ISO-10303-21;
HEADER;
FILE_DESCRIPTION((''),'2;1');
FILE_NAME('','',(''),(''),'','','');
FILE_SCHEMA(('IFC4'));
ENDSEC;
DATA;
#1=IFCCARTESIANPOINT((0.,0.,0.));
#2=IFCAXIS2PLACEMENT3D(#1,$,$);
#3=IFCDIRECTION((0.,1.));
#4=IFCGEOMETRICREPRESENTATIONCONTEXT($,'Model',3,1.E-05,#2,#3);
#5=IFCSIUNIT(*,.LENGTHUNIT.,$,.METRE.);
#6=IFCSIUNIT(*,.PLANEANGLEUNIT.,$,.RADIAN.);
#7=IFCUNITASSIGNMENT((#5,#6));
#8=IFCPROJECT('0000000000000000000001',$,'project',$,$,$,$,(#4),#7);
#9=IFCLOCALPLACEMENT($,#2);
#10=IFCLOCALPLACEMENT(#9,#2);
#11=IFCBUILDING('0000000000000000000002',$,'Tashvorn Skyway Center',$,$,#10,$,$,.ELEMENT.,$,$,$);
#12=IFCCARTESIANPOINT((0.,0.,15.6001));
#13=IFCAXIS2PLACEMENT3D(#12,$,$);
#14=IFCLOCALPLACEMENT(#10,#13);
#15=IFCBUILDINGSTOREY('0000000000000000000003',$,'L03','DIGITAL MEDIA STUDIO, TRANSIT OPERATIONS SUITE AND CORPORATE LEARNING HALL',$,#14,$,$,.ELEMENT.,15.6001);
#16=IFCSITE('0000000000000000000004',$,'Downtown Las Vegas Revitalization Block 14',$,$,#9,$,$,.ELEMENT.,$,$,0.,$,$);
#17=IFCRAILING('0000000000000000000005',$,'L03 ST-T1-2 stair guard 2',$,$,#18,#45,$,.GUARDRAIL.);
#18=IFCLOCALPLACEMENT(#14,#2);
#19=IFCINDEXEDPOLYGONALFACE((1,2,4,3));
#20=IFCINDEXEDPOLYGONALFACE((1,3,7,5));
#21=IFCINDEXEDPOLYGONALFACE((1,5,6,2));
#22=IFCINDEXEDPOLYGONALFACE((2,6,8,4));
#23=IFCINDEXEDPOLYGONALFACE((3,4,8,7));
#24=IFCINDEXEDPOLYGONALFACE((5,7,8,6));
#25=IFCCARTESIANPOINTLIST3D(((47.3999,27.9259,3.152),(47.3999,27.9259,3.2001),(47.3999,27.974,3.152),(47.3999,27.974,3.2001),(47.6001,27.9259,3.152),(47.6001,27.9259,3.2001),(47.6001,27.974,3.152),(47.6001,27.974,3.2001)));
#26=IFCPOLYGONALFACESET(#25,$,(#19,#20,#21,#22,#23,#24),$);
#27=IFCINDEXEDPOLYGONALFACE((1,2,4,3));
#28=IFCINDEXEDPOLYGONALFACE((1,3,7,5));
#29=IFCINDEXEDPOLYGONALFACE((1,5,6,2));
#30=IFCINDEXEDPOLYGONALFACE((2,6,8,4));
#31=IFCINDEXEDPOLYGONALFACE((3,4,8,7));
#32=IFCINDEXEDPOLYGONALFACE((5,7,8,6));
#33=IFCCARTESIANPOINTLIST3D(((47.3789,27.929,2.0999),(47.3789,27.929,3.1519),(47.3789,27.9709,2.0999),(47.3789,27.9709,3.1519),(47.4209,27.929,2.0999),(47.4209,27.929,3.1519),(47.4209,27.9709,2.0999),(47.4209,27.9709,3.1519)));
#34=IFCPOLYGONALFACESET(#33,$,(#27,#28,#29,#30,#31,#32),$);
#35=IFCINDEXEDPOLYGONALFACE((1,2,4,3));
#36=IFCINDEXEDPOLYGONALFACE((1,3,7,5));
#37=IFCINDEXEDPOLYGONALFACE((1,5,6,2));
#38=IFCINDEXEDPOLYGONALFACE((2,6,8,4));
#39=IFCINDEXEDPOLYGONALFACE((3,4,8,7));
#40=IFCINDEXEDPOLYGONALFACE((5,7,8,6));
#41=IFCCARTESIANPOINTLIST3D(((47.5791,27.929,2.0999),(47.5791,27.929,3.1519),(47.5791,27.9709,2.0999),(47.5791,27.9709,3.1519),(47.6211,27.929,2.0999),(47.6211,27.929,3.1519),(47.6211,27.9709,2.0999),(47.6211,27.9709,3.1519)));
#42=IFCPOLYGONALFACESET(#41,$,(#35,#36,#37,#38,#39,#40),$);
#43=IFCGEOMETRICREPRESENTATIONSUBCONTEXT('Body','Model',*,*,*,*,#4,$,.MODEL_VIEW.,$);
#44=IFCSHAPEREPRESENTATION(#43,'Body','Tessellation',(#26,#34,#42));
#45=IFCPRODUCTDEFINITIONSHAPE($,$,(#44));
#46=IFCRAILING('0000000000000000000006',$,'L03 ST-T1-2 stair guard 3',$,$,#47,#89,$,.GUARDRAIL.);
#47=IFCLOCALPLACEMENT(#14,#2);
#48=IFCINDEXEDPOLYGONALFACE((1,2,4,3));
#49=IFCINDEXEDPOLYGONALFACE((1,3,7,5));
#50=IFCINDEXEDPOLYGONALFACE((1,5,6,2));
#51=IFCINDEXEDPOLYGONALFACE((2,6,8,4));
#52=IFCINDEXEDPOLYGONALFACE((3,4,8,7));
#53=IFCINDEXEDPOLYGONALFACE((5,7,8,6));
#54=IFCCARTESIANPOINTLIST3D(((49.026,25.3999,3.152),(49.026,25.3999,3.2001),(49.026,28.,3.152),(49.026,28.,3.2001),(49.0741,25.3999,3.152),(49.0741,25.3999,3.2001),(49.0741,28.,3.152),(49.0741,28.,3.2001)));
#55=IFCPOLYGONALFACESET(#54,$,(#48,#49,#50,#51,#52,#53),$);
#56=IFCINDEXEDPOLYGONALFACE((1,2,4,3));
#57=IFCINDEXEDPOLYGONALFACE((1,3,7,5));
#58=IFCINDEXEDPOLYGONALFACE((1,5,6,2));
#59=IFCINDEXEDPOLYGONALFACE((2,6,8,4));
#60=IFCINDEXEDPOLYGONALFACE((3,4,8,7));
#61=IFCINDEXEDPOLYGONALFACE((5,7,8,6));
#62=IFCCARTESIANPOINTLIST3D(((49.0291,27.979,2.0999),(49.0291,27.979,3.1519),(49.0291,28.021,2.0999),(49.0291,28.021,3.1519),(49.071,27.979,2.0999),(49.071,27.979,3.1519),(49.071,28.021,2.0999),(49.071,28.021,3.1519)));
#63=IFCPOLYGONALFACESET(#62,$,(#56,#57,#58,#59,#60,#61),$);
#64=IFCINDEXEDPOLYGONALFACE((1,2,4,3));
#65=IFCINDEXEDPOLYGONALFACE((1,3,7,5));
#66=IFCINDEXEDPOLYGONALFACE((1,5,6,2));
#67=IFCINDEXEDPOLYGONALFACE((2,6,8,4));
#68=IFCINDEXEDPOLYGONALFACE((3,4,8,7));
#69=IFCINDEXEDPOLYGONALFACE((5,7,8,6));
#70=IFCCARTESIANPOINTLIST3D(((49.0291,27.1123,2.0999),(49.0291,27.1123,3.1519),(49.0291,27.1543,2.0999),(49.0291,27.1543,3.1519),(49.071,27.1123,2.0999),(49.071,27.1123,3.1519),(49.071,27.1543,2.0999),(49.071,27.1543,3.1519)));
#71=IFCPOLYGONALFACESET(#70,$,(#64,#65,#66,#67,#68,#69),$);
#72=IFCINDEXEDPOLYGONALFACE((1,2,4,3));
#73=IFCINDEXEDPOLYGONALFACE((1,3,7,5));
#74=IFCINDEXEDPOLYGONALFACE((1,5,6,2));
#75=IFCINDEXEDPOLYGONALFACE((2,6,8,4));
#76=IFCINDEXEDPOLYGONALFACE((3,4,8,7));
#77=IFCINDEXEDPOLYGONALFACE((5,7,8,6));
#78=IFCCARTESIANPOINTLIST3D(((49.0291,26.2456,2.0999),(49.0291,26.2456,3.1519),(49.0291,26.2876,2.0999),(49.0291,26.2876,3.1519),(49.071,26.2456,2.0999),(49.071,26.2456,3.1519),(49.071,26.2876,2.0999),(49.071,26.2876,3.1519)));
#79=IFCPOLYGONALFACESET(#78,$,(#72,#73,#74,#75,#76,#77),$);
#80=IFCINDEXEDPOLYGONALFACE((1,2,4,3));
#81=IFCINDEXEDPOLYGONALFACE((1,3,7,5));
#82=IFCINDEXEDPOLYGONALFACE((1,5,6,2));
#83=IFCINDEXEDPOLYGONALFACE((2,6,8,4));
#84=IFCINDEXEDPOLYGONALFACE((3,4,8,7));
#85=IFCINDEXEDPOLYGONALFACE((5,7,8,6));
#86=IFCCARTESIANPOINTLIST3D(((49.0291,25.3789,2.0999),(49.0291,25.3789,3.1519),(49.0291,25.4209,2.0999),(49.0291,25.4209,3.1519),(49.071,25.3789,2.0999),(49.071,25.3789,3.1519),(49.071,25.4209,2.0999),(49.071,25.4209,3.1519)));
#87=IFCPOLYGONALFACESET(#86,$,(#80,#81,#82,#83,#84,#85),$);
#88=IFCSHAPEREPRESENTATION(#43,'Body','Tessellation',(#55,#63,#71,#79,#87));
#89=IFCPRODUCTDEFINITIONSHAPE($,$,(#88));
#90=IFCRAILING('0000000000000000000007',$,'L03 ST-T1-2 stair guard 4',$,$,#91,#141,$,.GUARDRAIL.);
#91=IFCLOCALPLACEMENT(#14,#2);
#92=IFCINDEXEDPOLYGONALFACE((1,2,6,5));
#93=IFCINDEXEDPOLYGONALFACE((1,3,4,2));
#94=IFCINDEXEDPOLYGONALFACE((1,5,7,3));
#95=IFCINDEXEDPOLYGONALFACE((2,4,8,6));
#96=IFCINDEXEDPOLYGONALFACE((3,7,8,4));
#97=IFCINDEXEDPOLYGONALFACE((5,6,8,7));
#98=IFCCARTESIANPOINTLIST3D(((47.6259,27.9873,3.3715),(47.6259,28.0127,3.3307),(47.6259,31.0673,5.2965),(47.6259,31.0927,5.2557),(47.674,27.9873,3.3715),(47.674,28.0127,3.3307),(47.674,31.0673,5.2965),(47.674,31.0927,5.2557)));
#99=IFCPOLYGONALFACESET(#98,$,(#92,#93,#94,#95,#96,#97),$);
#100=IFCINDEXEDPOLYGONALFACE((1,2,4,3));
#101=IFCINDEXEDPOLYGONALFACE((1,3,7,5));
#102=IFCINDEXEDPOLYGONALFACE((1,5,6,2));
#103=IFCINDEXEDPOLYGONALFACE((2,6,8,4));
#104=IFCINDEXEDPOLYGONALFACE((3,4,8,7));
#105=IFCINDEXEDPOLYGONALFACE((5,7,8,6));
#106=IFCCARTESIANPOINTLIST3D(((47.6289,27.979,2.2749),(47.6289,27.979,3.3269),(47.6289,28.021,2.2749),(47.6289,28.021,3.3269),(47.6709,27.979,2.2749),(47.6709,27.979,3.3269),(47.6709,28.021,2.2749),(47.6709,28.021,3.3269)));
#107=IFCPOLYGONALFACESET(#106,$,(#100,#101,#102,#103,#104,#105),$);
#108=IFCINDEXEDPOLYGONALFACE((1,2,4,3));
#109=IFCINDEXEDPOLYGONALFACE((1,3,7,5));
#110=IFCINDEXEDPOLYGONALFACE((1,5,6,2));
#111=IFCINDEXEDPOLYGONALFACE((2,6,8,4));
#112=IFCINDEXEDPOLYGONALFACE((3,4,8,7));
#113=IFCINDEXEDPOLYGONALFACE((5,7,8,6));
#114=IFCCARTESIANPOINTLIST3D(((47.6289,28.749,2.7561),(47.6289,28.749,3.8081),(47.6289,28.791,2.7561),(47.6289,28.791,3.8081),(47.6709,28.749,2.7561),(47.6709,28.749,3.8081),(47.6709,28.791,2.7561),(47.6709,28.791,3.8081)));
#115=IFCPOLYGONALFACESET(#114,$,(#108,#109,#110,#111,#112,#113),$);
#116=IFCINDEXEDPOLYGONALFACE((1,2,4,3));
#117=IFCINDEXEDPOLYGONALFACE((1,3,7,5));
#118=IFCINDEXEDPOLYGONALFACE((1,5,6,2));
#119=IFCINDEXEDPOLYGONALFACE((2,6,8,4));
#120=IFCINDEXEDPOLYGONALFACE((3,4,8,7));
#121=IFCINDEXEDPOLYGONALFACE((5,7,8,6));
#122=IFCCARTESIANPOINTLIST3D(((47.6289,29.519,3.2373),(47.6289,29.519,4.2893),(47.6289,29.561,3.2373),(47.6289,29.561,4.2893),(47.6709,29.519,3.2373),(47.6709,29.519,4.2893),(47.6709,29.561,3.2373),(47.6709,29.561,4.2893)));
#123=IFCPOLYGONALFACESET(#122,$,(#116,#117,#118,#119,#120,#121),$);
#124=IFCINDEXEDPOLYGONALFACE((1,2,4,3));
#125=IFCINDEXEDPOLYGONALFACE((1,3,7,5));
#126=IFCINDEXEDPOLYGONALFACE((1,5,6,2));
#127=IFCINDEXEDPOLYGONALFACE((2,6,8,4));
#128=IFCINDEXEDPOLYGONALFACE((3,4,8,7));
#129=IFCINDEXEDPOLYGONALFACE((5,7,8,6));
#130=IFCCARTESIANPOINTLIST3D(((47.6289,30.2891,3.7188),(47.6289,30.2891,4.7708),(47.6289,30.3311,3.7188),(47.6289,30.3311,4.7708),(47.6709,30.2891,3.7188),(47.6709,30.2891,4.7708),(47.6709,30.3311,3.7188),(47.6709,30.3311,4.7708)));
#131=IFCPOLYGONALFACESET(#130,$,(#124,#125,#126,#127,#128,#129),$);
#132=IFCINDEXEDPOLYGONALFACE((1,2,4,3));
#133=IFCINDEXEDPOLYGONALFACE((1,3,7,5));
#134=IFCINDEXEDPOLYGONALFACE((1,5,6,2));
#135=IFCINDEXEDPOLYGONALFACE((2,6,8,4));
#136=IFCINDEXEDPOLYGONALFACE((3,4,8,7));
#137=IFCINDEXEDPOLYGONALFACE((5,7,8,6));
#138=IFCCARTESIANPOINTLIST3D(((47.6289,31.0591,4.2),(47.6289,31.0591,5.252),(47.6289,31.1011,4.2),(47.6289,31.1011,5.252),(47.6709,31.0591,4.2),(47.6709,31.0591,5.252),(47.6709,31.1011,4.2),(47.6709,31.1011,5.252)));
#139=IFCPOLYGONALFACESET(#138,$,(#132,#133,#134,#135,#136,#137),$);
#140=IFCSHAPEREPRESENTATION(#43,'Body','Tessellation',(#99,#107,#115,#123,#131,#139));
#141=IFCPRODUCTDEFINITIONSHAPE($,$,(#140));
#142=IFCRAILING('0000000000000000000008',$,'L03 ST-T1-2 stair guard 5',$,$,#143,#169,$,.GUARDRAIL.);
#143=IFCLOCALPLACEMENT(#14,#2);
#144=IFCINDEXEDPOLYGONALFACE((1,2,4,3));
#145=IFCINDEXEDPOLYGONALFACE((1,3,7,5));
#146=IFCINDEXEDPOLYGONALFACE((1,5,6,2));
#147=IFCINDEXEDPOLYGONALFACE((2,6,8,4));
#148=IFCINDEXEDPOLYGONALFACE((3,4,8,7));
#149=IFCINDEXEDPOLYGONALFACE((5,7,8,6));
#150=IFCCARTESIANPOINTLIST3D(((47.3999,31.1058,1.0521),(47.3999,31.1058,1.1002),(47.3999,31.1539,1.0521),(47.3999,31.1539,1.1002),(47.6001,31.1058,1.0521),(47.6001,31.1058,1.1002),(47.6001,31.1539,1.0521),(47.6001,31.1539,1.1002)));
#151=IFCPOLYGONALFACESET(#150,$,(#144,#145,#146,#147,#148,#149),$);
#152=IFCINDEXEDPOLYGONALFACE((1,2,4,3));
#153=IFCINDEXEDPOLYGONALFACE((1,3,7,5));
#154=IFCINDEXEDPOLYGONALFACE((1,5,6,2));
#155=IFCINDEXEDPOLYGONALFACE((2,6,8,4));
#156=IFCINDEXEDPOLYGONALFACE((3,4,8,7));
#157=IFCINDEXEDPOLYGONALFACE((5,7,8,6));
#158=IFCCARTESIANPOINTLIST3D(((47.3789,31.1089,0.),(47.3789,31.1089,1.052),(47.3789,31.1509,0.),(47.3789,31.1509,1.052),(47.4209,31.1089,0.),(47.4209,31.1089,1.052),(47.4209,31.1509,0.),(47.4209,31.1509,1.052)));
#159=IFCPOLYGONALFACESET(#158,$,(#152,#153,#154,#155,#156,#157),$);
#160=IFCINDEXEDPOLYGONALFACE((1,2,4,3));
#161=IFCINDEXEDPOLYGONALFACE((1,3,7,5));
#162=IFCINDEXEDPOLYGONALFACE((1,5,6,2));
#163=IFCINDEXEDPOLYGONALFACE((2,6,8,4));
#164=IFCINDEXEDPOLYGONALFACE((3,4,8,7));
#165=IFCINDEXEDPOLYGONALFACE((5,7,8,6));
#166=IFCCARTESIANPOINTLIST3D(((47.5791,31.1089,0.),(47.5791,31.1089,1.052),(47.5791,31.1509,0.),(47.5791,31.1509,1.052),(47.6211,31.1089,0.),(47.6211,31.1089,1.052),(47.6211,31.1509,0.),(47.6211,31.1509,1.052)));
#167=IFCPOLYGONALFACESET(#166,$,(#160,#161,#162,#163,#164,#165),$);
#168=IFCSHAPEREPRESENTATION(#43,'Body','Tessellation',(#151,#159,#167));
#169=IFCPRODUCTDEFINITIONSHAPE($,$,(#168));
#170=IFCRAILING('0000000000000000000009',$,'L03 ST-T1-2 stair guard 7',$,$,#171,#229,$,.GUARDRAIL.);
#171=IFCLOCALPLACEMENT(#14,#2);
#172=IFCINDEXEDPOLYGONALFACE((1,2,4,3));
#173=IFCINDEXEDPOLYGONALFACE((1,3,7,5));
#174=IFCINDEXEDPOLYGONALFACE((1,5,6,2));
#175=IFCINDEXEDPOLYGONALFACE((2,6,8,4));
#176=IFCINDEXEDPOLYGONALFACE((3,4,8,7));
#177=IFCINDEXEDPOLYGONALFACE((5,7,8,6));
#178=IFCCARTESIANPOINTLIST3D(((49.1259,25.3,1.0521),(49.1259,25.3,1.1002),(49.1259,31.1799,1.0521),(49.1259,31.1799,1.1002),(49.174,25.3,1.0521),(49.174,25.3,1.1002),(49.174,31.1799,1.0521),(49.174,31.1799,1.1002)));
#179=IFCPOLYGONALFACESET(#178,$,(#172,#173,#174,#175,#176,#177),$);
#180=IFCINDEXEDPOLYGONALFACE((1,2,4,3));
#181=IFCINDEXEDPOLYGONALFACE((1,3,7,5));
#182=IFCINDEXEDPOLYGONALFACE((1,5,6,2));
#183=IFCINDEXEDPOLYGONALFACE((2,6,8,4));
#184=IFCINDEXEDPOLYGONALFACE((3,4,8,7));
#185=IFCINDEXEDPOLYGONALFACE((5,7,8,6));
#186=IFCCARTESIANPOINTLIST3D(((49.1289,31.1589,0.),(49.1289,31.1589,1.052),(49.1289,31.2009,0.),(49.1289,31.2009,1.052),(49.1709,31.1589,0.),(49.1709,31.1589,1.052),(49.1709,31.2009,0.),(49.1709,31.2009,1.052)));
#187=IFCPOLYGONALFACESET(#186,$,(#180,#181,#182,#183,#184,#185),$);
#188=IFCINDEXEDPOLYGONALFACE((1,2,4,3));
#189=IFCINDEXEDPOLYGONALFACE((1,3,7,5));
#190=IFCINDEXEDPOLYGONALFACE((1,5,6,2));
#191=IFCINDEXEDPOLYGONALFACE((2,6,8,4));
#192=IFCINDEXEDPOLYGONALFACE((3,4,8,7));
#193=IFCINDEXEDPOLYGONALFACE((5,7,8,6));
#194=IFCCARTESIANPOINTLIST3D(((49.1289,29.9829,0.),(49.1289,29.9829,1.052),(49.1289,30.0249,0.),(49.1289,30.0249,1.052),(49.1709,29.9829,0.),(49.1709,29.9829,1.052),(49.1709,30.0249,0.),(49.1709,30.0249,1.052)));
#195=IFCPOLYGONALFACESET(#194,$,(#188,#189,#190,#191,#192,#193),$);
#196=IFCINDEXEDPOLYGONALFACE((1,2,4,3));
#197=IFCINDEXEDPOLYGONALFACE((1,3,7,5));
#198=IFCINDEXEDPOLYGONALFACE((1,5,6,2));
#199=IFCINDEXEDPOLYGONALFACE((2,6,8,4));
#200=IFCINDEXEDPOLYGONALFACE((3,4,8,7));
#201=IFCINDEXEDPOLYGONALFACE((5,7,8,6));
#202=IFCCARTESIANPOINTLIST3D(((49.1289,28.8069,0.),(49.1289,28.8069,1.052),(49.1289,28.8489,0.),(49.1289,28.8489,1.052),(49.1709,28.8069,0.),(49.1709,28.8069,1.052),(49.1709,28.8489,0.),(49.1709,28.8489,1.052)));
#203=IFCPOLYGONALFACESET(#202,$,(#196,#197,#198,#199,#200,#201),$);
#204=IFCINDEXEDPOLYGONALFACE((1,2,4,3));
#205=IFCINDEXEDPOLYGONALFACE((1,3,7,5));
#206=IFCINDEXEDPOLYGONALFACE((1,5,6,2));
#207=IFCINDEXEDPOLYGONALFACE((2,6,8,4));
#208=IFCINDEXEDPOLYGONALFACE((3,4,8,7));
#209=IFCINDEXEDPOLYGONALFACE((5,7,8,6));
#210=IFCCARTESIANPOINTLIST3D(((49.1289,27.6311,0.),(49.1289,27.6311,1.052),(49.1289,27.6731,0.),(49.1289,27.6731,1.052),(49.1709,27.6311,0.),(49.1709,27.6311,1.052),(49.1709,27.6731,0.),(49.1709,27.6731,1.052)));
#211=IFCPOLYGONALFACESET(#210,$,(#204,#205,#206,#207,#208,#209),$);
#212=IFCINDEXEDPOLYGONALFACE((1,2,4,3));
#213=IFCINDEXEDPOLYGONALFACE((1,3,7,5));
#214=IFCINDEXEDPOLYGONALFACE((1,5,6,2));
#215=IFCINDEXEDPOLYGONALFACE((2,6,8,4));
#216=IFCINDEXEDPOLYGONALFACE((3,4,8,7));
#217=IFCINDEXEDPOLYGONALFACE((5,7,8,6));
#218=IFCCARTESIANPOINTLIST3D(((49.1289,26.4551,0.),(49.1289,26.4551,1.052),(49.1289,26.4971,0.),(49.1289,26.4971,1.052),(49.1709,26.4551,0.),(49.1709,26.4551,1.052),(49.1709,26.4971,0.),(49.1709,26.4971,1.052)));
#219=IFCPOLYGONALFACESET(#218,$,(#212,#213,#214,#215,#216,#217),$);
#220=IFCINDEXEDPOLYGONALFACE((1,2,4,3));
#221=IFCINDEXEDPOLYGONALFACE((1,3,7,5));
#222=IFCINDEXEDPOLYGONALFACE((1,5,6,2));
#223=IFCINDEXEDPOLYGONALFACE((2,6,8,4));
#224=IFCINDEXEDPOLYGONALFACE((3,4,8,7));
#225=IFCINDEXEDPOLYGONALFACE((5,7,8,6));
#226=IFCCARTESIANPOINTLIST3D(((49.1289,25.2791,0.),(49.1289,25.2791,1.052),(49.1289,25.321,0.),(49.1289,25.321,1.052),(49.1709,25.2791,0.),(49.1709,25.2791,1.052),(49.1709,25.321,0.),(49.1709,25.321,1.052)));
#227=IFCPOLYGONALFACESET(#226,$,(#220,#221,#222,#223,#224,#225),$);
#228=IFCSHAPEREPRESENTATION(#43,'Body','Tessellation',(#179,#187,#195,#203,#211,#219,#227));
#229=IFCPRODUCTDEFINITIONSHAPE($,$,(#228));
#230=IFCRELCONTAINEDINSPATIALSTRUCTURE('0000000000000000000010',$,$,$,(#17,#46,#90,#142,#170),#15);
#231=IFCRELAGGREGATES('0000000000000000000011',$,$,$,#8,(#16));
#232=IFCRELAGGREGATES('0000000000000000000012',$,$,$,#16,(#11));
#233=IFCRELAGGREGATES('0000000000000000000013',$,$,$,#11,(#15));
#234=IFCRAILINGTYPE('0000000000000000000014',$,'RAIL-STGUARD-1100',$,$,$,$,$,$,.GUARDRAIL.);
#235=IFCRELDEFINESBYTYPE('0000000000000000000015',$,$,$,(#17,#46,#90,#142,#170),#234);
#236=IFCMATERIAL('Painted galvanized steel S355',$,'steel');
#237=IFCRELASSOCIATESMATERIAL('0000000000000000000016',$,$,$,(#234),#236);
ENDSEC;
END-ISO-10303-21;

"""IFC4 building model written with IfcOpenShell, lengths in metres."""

from ifc_helpers import new_model, si_unit, direction, frame, origin, origin_2d, place, context, subcontext, project, spatial, rectangle, extrude, material, type_object, element, save


model = new_model("IFC4")

# Units and contexts
model_context = context("Model", 3, precision=1e-05, world=origin(), true_north=direction((0.0, 1.0)))
body_context = subcontext(model_context, "Body", "Model", "MODEL_VIEW")
ifc_project = project(units=[si_unit("LENGTHUNIT", "METRE"), si_unit("PLANEANGLEUNIT", "RADIAN")], contexts=[model_context])

# Site, building, storey
site_placement = place(None, origin())
site = spatial("IfcSite", under=ifc_project, at=site_placement, Name="Downtown Las Vegas Revitalization Block 14", CompositionType="ELEMENT", RefElevation=0.0)
building_placement = place(site_placement, origin())
building = spatial("IfcBuilding", under=site, at=building_placement, Name="Tashvorn Skyway Center", CompositionType="ELEMENT")
storey_placement = place(building_placement, frame((0.0, 0.0, 15.6001)))
storey = spatial("IfcBuildingStorey", under=building, at=storey_placement, Name="L03", Description="DIGITAL MEDIA STUDIO, TRANSIT OPERATIONS SUITE AND CORPORATE LEARNING HALL", CompositionType="ELEMENT", Elevation=15.6001)

# Railings
ifc_material_1 = material(Name="Painted galvanized steel S355", Category="steel")
railing_type_1 = type_object("IfcRailingType", Name="RAIL-STGUARD-1100", PredefinedType="GUARDRAIL", material=ifc_material_1)
railing_1_placement = place(storey_placement, frame((47.3999, 27.95, 2.0999)))
element("IfcRailing", 1, at=railing_1_placement, inside=storey, type_object=railing_type_1, Name="L03 ST-T1-2 stair guard 2", PredefinedType="GUARDRAIL", context=body_context, shape_type="SweptSolid", body=[
    extrude(rectangle(XDim=0.0481, YDim=0.0481, at=origin_2d()), frame((0.0, 0.0, 1.0762), z_axis=(1.0, 0.0, 0.0), x_axis=(0.0, 1.0, 0.0)), (0.0, 0.0, 1.0), 0.2002),
    extrude(rectangle(XDim=0.042, YDim=0.042, at=origin_2d()), origin(), (0.0, 0.0, 1.0), 1.052),
    extrude(rectangle(XDim=0.042, YDim=0.042, at=origin_2d()), frame((0.2002, 0.0, 0.0)), (0.0, 0.0, 1.0), 1.052),
])
railing_2_placement = place(storey_placement, frame((49.05, 28.0, 2.0999)))
element("IfcRailing", 2, at=railing_2_placement, inside=storey, type_object=railing_type_1, Name="L03 ST-T1-2 stair guard 3", PredefinedType="GUARDRAIL", context=body_context, shape_type="SweptSolid", body=[
    extrude(rectangle(XDim=0.0481, YDim=0.0481, at=origin_2d()), frame((0.0, 0.0, 1.0762), z_axis=(0.0, -1.0, 0.0), x_axis=(1.0, 0.0, 0.0)), (0.0, 0.0, 1.0), 2.6001),
    extrude(rectangle(XDim=0.042, YDim=0.042, at=origin_2d()), origin(), (0.0, 0.0, 1.0), 1.052),
    extrude(rectangle(XDim=0.042, YDim=0.042, at=origin_2d()), frame((0.0, -0.8667, 0.0)), (0.0, 0.0, 1.0), 1.052),
    extrude(rectangle(XDim=0.042, YDim=0.042, at=origin_2d()), frame((0.0, -1.7334, 0.0)), (0.0, 0.0, 1.0), 1.052),
    extrude(rectangle(XDim=0.042, YDim=0.042, at=origin_2d()), frame((0.0, -2.6001, 0.0)), (0.0, 0.0, 1.0), 1.052),
])
railing_3_placement = place(storey_placement, frame((47.6499, 28.0, 2.2749)))
element("IfcRailing", 3, at=railing_3_placement, inside=storey, type_object=railing_type_1, Name="L03 ST-T1-2 stair guard 4", PredefinedType="GUARDRAIL", context=body_context, shape_type="SweptSolid", body=[
    extrude(rectangle(XDim=0.0481, YDim=0.0481, at=origin_2d()), frame((0.0, 0.0, 1.0762), z_axis=(0.0, 0.847998, 0.529999), x_axis=(-1.0, 0.0, 0.0)), (0.0, 0.0, 1.0), 3.6321),
    extrude(rectangle(XDim=0.042, YDim=0.042, at=origin_2d()), origin(), (0.0, 0.0, 1.0), 1.052),
    extrude(rectangle(XDim=0.042, YDim=0.042, at=origin_2d()), frame((0.0, 0.77, 0.4812)), (0.0, 0.0, 1.0), 1.052),
    extrude(rectangle(XDim=0.042, YDim=0.042, at=origin_2d()), frame((0.0, 1.54, 0.9624)), (0.0, 0.0, 1.0), 1.052),
    extrude(rectangle(XDim=0.042, YDim=0.042, at=origin_2d()), frame((0.0, 2.3101, 1.4438)), (0.0, 0.0, 1.0), 1.052),
    extrude(rectangle(XDim=0.042, YDim=0.042, at=origin_2d()), frame((0.0, 3.0801, 1.925)), (0.0, 0.0, 1.0), 1.052),
])
railing_4_placement = place(storey_placement, frame((47.3999, 31.1299, 0.0)))
element("IfcRailing", 4, at=railing_4_placement, inside=storey, type_object=railing_type_1, Name="L03 ST-T1-2 stair guard 5", PredefinedType="GUARDRAIL", context=body_context, shape_type="SweptSolid", body=[
    extrude(rectangle(XDim=0.0481, YDim=0.0481, at=origin_2d()), frame((0.0, 0.0, 1.0762), z_axis=(1.0, 0.0, 0.0), x_axis=(0.0, 1.0, 0.0)), (0.0, 0.0, 1.0), 0.2002),
    extrude(rectangle(XDim=0.042, YDim=0.042, at=origin_2d()), origin(), (0.0, 0.0, 1.0), 1.052),
    extrude(rectangle(XDim=0.042, YDim=0.042, at=origin_2d()), frame((0.2002, 0.0, 0.0)), (0.0, 0.0, 1.0), 1.052),
])
railing_5_placement = place(storey_placement, frame((49.1499, 31.1799, 0.0)))
element("IfcRailing", 5, at=railing_5_placement, inside=storey, type_object=railing_type_1, Name="L03 ST-T1-2 stair guard 7", PredefinedType="GUARDRAIL", context=body_context, shape_type="SweptSolid", body=[
    extrude(rectangle(XDim=0.0481, YDim=0.0481, at=origin_2d()), frame((0.0, 0.0, 1.0762), z_axis=(0.0, -1.0, 0.0), x_axis=(1.0, 0.0, 0.0)), (0.0, 0.0, 1.0), 5.8799),
    extrude(rectangle(XDim=0.042, YDim=0.042, at=origin_2d()), origin(), (0.0, 0.0, 1.0), 1.052),
    extrude(rectangle(XDim=0.042, YDim=0.042, at=origin_2d()), frame((0.0, -1.176, 0.0)), (0.0, 0.0, 1.0), 1.052),
    extrude(rectangle(XDim=0.042, YDim=0.042, at=origin_2d()), frame((0.0, -2.3521, 0.0)), (0.0, 0.0, 1.0), 1.052),
    extrude(rectangle(XDim=0.042, YDim=0.042, at=origin_2d()), frame((0.0, -3.5278, 0.0)), (0.0, 0.0, 1.0), 1.052),
    extrude(rectangle(XDim=0.042, YDim=0.042, at=origin_2d()), frame((0.0, -4.7039, 0.0)), (0.0, 0.0, 1.0), 1.052),
    extrude(rectangle(XDim=0.042, YDim=0.042, at=origin_2d()), frame((0.0, -5.8799, 0.0)), (0.0, 0.0, 1.0), 1.052),
])

save(model, "model.ifc")
